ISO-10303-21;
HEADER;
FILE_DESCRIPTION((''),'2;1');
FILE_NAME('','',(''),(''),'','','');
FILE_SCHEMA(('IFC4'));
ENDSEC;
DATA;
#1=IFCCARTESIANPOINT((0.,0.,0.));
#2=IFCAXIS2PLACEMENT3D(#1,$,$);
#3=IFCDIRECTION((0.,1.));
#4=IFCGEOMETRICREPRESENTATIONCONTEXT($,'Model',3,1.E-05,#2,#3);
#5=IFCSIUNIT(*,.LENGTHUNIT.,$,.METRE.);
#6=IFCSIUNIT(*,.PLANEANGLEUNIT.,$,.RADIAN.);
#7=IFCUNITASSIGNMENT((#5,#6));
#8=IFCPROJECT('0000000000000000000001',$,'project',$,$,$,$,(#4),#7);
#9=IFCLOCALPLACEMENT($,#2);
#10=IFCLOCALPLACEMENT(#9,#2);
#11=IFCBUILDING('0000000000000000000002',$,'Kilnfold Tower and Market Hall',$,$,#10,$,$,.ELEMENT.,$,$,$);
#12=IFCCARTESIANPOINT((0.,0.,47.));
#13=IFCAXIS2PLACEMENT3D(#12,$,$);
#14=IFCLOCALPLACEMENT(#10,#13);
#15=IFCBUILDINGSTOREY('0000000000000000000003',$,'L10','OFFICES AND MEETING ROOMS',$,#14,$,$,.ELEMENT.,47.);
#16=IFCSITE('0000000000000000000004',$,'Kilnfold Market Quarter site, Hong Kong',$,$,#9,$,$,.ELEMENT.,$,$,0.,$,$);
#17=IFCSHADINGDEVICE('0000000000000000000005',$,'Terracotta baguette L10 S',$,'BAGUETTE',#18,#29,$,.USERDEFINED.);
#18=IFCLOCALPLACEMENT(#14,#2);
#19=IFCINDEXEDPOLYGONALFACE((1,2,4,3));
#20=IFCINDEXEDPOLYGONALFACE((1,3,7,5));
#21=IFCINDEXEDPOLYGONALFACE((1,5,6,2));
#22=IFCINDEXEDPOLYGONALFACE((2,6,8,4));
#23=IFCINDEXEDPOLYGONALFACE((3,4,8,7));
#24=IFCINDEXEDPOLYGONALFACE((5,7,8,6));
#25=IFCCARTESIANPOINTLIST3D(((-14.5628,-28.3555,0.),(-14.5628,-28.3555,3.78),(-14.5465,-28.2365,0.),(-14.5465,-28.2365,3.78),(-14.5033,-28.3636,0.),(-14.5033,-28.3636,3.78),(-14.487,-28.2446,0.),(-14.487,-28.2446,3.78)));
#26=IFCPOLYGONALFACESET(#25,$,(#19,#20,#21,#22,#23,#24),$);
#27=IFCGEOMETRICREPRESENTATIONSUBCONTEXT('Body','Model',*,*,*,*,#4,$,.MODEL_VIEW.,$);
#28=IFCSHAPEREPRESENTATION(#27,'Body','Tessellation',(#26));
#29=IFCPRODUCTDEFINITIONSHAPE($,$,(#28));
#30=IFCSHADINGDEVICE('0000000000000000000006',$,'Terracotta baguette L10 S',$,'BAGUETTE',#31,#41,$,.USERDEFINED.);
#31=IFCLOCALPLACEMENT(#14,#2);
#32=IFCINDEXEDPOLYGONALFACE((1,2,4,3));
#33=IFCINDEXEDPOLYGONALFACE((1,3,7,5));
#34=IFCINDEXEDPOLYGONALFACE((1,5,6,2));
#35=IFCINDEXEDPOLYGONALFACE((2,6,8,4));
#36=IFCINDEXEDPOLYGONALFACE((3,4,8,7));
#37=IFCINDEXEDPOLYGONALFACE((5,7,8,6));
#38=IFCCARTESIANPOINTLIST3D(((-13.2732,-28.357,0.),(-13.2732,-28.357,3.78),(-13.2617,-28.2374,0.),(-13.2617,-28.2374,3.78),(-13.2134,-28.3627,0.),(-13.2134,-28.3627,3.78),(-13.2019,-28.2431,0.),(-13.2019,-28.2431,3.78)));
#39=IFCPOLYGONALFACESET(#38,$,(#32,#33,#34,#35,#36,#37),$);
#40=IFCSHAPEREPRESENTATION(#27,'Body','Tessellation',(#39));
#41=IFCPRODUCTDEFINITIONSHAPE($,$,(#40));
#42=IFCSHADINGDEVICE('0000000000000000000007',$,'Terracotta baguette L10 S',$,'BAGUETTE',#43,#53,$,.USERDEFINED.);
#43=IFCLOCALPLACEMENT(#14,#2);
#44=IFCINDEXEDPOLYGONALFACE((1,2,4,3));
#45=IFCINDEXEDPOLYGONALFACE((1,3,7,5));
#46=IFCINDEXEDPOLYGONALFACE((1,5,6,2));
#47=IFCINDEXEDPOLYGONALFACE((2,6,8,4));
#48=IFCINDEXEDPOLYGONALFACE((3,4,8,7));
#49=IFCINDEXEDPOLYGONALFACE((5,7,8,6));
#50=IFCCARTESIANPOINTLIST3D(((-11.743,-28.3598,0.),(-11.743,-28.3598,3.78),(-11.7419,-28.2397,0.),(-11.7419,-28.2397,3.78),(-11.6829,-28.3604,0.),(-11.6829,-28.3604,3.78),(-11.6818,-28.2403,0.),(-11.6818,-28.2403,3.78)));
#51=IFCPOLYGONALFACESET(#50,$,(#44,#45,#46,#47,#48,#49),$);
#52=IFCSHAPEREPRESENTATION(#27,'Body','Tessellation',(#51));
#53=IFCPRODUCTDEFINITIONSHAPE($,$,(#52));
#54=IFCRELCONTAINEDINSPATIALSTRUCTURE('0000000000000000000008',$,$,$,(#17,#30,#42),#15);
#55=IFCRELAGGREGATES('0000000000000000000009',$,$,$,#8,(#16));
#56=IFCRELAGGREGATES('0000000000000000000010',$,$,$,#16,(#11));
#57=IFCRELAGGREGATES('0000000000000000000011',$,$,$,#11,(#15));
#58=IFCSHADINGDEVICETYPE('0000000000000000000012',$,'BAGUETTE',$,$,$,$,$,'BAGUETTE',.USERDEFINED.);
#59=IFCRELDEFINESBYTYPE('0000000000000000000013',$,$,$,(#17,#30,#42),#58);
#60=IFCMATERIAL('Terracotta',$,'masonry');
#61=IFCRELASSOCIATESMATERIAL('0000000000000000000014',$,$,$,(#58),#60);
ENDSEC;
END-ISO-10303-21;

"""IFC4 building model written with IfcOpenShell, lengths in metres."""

from ifc_helpers import new_model, si_unit, direction, frame, origin, origin_2d, place, context, subcontext, project, spatial, rectangle, extrude, source, transform, mapped, material, material_profile, profile_set, type_object, element, save


model = new_model("IFC4")

# Units and contexts
model_context = context("Model", 3, precision=1e-05, world=origin(), true_north=direction((0.0, 1.0)))
body_context = subcontext(model_context, "Body", "Model", "MODEL_VIEW")
ifc_project = project(units=[si_unit("LENGTHUNIT", "METRE"), si_unit("PLANEANGLEUNIT", "RADIAN")], contexts=[model_context])

# Site, building, storey
site_placement = place(None, origin())
site = spatial("IfcSite", under=ifc_project, at=site_placement, Name="Kilnfold Market Quarter site, Hong Kong", CompositionType="ELEMENT", RefElevation=0.0)
building_placement = place(site_placement, origin())
building = spatial("IfcBuilding", under=site, at=building_placement, Name="Kilnfold Tower and Market Hall", CompositionType="ELEMENT")
storey_placement = place(building_placement, frame((0.0, 0.0, 47.0)))
storey = spatial("IfcBuildingStorey", under=building, at=storey_placement, Name="L10", Description="OFFICES AND MEETING ROOMS", CompositionType="ELEMENT", Elevation=47.0)

# Shading devices
ifc_material_1 = material(Name="Terracotta", Category="masonry")
ifc_material_profile_1 = material_profile(ifc_material_1, rectangle(XDim=0.0601, YDim=0.1201, at=origin_2d()), Name="BAG 60x120")
ifc_profile_set_1 = profile_set([ifc_material_profile_1], Name="Terracotta")
shading_device_type = type_object("IfcShadingDeviceType", Name="BAGUETTE", ElementType="BAGUETTE", PredefinedType="USERDEFINED", material=ifc_profile_set_1)
shared_shape_1 = source(origin(), body_context, "Body", "SweptSolid", [
    extrude(rectangle(XDim=0.0601, YDim=0.1201, at=origin_2d()), origin(), (0.0, 0.0, 1.0), 3.78),
])
for number, where, z_axis, x_axis, name in (
    (1, (-14.5249, -28.3, 0.0), (0.0, 0.0, 1.0), (0.990826, -0.135147, 0.0), "Terracotta baguette L10 S"),
    (2, (-13.2375, -28.3, 0.0), (0.0, 0.0, 1.0), (0.995464, -0.095139, 0.0), "Terracotta baguette L10 S"),
    (3, (-11.7124, -28.3, 0.0), (0.0, 0.0, 1.0), (0.999957, -0.009299, 0.0), "Terracotta baguette L10 S"),
):
    element("IfcShadingDevice", number, at=place(storey_placement, frame(where, z_axis=z_axis, x_axis=x_axis)), inside=storey, type_object=shading_device_type, Name=name, ObjectType="BAGUETTE", PredefinedType="USERDEFINED", context=body_context, shape_type="MappedRepresentation", body=[
        mapped(shared_shape_1, transform((0.0, 0.0, 0.0))),
    ])

save(model, "model.ifc")
